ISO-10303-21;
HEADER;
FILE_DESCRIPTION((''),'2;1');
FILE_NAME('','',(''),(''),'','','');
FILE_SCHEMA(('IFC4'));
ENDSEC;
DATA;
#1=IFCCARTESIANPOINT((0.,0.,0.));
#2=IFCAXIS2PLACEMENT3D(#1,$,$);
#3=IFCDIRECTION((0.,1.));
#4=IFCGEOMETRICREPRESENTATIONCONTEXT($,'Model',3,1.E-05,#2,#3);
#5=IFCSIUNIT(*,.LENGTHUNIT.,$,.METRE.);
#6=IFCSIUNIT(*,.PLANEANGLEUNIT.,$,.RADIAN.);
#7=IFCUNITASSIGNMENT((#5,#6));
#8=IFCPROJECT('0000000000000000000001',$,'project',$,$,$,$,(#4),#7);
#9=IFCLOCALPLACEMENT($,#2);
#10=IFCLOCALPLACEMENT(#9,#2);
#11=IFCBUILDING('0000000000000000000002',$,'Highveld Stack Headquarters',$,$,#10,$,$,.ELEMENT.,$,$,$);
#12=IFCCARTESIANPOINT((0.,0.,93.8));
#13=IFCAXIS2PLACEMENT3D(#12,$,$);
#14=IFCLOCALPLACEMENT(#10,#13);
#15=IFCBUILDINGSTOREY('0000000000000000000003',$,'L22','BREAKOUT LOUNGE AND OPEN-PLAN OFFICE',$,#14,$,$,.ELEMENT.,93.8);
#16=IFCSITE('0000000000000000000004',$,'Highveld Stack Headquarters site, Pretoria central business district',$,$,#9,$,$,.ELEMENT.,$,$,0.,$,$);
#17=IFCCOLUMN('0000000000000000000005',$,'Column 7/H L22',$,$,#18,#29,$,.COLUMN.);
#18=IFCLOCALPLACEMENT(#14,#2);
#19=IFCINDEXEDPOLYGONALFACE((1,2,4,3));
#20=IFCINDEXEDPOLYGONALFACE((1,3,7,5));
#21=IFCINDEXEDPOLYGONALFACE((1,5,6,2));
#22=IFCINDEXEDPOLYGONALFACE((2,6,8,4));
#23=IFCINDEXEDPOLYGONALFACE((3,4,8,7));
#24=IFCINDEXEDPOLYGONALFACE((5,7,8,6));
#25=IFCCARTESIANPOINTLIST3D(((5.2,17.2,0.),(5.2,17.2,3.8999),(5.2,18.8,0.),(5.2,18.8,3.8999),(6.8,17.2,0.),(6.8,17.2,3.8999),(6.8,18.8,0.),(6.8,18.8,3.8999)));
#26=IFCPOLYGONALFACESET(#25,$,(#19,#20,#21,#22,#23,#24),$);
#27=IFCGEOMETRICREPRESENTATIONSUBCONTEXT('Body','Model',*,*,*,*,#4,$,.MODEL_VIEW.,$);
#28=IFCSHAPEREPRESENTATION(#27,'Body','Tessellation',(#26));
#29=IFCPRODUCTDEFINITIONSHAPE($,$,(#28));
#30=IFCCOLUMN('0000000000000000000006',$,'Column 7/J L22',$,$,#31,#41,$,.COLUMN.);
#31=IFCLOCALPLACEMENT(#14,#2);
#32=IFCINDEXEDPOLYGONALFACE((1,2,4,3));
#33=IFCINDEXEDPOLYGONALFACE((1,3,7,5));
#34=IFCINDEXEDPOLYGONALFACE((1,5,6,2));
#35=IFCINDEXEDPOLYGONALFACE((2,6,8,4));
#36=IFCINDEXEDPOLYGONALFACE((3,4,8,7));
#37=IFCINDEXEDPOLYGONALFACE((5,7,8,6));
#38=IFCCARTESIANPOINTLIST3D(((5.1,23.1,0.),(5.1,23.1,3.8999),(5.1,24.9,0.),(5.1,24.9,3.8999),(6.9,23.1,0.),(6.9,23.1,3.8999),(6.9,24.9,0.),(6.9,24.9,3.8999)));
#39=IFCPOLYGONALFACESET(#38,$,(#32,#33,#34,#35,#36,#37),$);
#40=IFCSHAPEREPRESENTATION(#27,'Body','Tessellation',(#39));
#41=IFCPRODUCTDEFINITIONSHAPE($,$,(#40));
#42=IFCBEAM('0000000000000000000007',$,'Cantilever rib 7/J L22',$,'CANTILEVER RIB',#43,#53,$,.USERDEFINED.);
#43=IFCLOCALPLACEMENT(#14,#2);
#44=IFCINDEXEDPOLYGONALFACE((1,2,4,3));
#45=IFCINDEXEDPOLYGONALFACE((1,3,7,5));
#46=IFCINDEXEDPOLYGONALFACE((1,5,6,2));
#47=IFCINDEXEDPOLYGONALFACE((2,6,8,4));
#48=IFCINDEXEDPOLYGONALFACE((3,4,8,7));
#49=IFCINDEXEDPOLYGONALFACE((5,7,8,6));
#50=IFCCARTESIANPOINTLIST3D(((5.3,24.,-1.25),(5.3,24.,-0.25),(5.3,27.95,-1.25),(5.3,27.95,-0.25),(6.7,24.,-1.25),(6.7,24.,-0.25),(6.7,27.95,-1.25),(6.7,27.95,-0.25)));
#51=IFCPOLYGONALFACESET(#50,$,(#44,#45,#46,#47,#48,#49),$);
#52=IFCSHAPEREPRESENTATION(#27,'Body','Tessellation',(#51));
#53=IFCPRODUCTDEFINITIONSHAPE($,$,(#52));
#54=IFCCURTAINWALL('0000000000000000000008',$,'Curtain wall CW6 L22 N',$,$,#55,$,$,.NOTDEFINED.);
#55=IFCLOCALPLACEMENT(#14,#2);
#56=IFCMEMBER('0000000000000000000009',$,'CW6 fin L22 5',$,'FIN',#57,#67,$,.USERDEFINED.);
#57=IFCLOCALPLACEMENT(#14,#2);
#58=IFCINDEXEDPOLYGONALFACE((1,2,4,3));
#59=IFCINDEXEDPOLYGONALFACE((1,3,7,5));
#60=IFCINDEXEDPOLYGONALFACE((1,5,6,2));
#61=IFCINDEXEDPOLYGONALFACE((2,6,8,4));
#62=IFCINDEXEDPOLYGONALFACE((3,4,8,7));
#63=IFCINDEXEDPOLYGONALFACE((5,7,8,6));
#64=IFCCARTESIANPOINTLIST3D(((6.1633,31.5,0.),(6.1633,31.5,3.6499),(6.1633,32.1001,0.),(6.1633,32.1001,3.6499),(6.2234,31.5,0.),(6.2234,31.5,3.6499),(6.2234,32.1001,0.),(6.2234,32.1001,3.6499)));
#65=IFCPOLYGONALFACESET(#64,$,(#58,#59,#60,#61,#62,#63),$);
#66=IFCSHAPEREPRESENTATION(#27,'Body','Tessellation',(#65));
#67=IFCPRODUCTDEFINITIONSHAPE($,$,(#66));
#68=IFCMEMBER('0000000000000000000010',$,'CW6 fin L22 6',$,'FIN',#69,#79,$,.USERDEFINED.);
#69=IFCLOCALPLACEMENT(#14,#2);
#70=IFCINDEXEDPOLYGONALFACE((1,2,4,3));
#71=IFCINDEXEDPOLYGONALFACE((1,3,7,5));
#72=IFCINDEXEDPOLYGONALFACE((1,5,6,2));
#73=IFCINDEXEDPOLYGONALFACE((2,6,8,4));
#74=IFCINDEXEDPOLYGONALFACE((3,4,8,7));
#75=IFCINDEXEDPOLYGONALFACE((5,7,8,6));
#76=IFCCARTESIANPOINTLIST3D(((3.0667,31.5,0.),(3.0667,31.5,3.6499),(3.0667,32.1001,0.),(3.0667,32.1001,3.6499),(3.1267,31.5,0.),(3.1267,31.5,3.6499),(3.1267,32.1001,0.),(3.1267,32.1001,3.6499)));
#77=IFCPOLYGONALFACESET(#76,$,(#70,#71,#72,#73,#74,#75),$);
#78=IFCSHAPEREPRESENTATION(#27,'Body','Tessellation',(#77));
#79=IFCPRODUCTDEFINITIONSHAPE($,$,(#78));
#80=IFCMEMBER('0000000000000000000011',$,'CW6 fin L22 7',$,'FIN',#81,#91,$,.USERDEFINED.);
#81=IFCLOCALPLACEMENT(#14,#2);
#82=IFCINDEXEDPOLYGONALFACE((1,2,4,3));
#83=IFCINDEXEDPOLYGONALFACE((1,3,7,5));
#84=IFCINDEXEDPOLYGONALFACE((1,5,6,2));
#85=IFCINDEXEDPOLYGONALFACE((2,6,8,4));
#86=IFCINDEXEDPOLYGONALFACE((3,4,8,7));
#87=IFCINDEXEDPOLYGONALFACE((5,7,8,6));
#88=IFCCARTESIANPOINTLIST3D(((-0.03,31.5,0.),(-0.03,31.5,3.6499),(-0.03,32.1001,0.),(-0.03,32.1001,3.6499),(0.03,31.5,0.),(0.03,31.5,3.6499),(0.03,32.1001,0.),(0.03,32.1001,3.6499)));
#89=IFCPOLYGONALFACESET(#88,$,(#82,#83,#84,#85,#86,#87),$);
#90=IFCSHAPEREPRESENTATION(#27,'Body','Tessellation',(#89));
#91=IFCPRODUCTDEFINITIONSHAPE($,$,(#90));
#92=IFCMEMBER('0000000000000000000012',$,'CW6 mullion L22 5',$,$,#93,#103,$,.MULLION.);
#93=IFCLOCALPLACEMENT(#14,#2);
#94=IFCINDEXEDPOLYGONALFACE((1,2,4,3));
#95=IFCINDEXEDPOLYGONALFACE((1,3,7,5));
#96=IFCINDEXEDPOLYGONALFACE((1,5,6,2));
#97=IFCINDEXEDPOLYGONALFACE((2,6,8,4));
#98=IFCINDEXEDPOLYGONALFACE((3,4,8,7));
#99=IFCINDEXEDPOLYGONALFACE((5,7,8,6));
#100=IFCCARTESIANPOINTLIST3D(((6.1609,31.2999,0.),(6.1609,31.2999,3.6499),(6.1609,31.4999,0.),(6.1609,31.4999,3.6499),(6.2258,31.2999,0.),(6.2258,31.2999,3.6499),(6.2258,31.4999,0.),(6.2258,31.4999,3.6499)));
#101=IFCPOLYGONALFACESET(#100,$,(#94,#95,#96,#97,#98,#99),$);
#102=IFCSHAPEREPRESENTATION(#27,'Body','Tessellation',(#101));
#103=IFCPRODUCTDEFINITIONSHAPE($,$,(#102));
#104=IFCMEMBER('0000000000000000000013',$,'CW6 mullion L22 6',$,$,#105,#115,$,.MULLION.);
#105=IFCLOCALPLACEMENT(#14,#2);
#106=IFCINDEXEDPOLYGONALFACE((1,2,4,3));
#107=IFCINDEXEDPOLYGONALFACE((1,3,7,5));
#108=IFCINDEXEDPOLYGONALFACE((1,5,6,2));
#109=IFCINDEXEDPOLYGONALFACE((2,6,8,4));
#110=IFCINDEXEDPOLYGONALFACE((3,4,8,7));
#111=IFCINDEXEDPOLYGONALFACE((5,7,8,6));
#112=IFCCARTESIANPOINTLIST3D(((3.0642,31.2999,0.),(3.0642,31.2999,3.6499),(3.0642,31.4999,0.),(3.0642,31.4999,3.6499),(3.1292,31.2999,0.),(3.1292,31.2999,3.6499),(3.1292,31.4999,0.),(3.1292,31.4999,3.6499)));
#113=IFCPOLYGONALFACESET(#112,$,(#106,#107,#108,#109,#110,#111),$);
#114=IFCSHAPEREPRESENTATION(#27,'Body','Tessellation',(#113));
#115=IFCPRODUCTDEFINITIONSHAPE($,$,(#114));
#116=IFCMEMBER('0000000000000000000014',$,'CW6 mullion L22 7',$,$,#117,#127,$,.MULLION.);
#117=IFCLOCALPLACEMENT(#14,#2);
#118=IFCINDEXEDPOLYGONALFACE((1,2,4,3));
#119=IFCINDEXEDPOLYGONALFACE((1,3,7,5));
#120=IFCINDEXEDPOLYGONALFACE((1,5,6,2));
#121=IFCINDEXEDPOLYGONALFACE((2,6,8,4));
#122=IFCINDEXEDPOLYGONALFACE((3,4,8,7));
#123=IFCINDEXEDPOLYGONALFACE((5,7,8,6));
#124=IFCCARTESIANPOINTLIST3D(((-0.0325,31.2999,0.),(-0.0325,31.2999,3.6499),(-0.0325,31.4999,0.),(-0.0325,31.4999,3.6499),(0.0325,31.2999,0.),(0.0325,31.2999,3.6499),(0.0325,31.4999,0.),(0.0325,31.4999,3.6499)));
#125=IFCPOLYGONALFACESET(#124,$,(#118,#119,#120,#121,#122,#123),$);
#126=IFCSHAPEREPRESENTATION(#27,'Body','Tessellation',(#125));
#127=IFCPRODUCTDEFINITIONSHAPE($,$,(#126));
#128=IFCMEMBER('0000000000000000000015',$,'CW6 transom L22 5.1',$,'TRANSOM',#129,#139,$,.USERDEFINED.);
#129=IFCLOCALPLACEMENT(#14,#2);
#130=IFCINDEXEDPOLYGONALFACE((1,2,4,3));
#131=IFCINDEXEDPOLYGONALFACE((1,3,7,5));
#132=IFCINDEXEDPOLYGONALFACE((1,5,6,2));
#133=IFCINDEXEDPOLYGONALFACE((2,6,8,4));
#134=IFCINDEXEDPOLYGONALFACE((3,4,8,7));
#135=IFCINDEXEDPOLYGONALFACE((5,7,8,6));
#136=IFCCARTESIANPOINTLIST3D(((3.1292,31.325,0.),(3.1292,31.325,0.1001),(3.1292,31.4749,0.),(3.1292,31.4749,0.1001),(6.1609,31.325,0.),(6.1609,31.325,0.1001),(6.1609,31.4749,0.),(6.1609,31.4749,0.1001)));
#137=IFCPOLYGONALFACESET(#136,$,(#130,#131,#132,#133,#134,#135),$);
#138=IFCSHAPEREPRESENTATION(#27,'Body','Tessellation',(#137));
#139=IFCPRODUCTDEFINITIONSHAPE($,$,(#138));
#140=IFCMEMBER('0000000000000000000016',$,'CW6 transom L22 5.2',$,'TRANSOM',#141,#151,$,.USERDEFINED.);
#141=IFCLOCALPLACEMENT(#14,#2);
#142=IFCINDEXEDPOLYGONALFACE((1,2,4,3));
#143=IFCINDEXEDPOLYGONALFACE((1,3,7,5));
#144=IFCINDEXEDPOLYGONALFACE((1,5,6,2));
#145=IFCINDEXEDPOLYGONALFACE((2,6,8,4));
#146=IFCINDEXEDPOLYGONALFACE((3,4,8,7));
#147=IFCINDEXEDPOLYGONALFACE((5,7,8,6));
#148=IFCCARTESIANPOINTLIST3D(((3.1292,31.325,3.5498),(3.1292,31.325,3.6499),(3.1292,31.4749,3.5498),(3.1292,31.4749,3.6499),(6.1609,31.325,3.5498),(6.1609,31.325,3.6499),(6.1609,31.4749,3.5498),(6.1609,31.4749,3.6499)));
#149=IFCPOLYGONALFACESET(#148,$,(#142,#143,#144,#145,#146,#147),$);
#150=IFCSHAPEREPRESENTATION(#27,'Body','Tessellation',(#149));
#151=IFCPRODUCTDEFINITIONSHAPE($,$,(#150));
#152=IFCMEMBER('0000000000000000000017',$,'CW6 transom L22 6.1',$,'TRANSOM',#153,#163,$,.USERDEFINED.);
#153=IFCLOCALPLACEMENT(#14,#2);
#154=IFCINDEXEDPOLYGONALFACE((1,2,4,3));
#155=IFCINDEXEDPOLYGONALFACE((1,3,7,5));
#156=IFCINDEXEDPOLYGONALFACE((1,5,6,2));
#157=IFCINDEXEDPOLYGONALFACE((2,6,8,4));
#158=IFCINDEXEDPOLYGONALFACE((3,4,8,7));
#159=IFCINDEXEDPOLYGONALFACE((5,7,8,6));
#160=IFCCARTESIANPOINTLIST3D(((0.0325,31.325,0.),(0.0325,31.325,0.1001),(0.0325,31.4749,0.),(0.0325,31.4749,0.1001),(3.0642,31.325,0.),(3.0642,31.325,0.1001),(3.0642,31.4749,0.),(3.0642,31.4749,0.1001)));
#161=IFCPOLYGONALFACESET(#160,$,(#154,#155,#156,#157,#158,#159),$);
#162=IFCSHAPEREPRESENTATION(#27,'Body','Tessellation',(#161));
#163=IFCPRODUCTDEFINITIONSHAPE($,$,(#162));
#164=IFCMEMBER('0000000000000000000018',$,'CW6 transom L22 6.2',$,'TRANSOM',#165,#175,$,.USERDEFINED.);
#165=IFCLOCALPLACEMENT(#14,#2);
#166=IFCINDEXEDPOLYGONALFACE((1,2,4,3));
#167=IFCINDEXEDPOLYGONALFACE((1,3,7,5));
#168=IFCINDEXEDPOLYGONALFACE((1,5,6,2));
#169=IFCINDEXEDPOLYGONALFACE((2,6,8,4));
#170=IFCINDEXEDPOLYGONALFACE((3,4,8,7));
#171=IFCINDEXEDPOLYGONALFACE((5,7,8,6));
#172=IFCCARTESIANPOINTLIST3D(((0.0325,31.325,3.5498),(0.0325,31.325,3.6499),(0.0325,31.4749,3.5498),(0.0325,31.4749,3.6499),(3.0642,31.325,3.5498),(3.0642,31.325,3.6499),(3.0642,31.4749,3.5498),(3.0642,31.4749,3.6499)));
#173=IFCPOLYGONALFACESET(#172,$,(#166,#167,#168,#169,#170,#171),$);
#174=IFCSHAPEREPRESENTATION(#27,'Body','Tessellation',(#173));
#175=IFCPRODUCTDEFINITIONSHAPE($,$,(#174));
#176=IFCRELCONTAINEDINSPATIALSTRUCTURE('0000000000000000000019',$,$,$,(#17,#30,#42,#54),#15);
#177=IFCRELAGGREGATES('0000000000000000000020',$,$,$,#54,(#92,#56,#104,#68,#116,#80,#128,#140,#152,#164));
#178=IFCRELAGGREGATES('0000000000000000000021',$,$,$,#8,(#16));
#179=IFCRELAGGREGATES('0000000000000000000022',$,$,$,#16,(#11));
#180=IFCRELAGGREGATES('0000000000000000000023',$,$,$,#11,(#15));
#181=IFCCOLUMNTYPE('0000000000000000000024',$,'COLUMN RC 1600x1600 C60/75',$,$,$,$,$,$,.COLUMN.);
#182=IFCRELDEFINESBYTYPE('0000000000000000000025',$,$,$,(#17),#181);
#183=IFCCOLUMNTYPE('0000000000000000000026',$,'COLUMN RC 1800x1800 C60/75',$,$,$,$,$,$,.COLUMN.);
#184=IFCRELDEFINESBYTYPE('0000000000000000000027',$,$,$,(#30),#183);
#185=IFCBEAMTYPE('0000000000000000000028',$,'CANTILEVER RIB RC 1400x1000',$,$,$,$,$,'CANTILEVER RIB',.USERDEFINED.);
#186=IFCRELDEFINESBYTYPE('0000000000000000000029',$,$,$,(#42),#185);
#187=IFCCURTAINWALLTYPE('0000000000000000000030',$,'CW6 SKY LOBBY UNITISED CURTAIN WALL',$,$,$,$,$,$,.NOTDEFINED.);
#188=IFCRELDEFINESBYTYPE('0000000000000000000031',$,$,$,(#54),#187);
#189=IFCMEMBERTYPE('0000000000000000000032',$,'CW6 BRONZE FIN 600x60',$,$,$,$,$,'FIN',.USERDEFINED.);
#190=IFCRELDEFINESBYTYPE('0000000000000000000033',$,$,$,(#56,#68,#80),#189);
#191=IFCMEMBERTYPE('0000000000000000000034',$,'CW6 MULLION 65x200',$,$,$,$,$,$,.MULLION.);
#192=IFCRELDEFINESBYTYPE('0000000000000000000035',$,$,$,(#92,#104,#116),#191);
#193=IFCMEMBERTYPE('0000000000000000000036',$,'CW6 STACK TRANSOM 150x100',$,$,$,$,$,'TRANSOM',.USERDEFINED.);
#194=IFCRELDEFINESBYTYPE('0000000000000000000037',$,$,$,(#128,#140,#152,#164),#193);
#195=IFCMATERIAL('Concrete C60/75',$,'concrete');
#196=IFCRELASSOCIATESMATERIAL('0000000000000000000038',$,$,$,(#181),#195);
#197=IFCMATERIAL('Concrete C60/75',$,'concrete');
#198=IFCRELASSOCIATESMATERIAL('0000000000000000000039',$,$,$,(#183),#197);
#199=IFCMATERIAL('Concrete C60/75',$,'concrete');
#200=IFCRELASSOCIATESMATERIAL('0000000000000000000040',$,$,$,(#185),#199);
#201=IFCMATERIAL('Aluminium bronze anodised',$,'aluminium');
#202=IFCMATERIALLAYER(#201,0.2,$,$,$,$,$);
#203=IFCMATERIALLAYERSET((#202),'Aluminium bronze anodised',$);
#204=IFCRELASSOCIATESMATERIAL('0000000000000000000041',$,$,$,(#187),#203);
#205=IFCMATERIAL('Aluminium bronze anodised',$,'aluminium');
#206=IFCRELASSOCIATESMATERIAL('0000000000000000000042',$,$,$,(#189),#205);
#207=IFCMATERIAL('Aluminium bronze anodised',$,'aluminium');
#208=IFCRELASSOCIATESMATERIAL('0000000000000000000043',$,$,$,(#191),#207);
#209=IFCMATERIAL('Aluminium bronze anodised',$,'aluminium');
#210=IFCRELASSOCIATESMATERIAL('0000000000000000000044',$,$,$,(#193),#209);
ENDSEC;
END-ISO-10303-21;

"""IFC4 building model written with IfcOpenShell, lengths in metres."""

from ifc_helpers import new_model, si_unit, direction, frame, origin, origin_2d, place, context, subcontext, project, spatial, rectangle, extrude, material, layer, layer_set, material_profile, profile_set, type_object, element, aggregate, save


model = new_model("IFC4")

# Units and contexts
model_context = context("Model", 3, precision=1e-05, world=origin(), true_north=direction((0.0, 1.0)))
body_context = subcontext(model_context, "Body", "Model", "MODEL_VIEW")
ifc_project = project(units=[si_unit("LENGTHUNIT", "METRE"), si_unit("PLANEANGLEUNIT", "RADIAN")], contexts=[model_context])

# Site, building, storey
site_placement = place(None, origin())
site = spatial("IfcSite", under=ifc_project, at=site_placement, Name="Highveld Stack Headquarters site, Pretoria central business district", CompositionType="ELEMENT", RefElevation=0.0)
building_placement = place(site_placement, origin())
building = spatial("IfcBuilding", under=site, at=building_placement, Name="Highveld Stack Headquarters", CompositionType="ELEMENT")
storey_placement = place(building_placement, frame((0.0, 0.0, 93.8)))
storey = spatial("IfcBuildingStorey", under=building, at=storey_placement, Name="L22", Description="BREAKOUT LOUNGE AND OPEN-PLAN OFFICE", CompositionType="ELEMENT", Elevation=93.8)

# Columns
ifc_material_1 = material(Name="Concrete C60/75", Category="concrete")
ifc_material_profile_1 = material_profile(ifc_material_1, rectangle(XDim=1.6001, YDim=1.6001, at=origin_2d()), Name="RC 1600x1600")
ifc_profile_set_1 = profile_set([ifc_material_profile_1], Name="Concrete C60/75")
column_type_1 = type_object("IfcColumnType", Name="COLUMN RC 1600x1600 C60/75", PredefinedType="COLUMN", material=ifc_profile_set_1)
column_1_placement = place(storey_placement, frame((6.0, 18.0, 0.0), z_axis=(0.0, 0.0, 1.0), x_axis=(1.0, 0.0, 0.0)))
element("IfcColumn", 1, at=column_1_placement, inside=storey, type_object=column_type_1, Name="Column 7/H L22", PredefinedType="COLUMN", context=body_context, shape_type="SweptSolid", body=[
    extrude(rectangle(XDim=1.6001, YDim=1.6001, at=origin_2d()), origin(), (0.0, 0.0, 1.0), 3.8999),
])
ifc_material_2 = material(Name="Concrete C60/75", Category="concrete")
ifc_material_profile_2 = material_profile(ifc_material_2, rectangle(XDim=1.8, YDim=1.8, at=origin_2d()), Name="RC 1800x1800")
ifc_profile_set_2 = profile_set([ifc_material_profile_2], Name="Concrete C60/75")
column_type_2 = type_object("IfcColumnType", Name="COLUMN RC 1800x1800 C60/75", PredefinedType="COLUMN", material=ifc_profile_set_2)
column_2_placement = place(storey_placement, frame((6.0, 24.0, 0.0), z_axis=(0.0, 0.0, 1.0), x_axis=(1.0, 0.0, 0.0)))
element("IfcColumn", 2, at=column_2_placement, inside=storey, type_object=column_type_2, Name="Column 7/J L22", PredefinedType="COLUMN", context=body_context, shape_type="SweptSolid", body=[
    extrude(rectangle(XDim=1.8, YDim=1.8, at=origin_2d()), origin(), (0.0, 0.0, 1.0), 3.8999),
])

# Beam
ifc_material_3 = material(Name="Concrete C60/75", Category="concrete")
ifc_material_profile_3 = material_profile(ifc_material_3, rectangle(XDim=1.3999, YDim=1.0, at=origin_2d()), Name="RC 1400x1000")
ifc_profile_set_3 = profile_set([ifc_material_profile_3], Name="Concrete C60/75")
beam_type_1 = type_object("IfcBeamType", Name="CANTILEVER RIB RC 1400x1000", ElementType="CANTILEVER RIB", PredefinedType="USERDEFINED", material=ifc_profile_set_3)
beam_placement = place(storey_placement, frame((6.0, 24.0, -0.75), z_axis=(0.0, 1.0, 0.0), x_axis=(-1.0, 0.0, 0.0)))
element("IfcBeam", 3, at=beam_placement, inside=storey, type_object=beam_type_1, Name="Cantilever rib 7/J L22", ObjectType="CANTILEVER RIB", PredefinedType="USERDEFINED", context=body_context, shape_type="SweptSolid", body=[
    extrude(rectangle(XDim=1.3999, YDim=1.0, at=origin_2d()), origin(), (0.0, 0.0, 1.0), 3.95),
])

# Curtain wall, members
ifc_material_4 = material(Name="Aluminium bronze anodised", Category="aluminium")
ifc_layer_1 = layer(ifc_material_4, 0.2)
ifc_layer_set_1 = layer_set([ifc_layer_1], Name="Aluminium bronze anodised")
curtain_wall_type = type_object("IfcCurtainWallType", Name="CW6 SKY LOBBY UNITISED CURTAIN WALL", PredefinedType="NOTDEFINED", material=ifc_layer_set_1)
curtain_wall_placement = place(storey_placement, origin())
curtain_wall = element("IfcCurtainWall", 4, at=curtain_wall_placement, inside=storey, type_object=curtain_wall_type, Name="Curtain wall CW6 L22 N", PredefinedType="NOTDEFINED")
ifc_material_5 = material(Name="Aluminium bronze anodised", Category="aluminium")
ifc_material_profile_4 = material_profile(ifc_material_5, rectangle(XDim=0.6001, YDim=0.0601, at=origin_2d()), Name="FIN 600x60")
ifc_profile_set_4 = profile_set([ifc_material_profile_4], Name="Aluminium bronze anodised")
member_type_1 = type_object("IfcMemberType", Name="CW6 BRONZE FIN 600x60", ElementType="FIN", PredefinedType="USERDEFINED", material=ifc_profile_set_4)
member_1_placement = place(storey_placement, frame((6.1934, 31.8, 0.0), z_axis=(0.0, 0.0, 1.0), x_axis=(0.0, -1.0, 0.0)))
member_1 = element("IfcMember", 5, at=member_1_placement, type_object=member_type_1, Name="CW6 fin L22 5", ObjectType="FIN", PredefinedType="USERDEFINED", context=body_context, shape_type="SweptSolid", body=[
    extrude(rectangle(XDim=0.6001, YDim=0.0601, at=origin_2d()), origin(), (0.0, 0.0, 1.0), 3.6499),
])
member_2_placement = place(storey_placement, frame((3.0967, 31.8, 0.0), z_axis=(0.0, 0.0, 1.0), x_axis=(0.0, -1.0, 0.0)))
member_2 = element("IfcMember", 6, at=member_2_placement, type_object=member_type_1, Name="CW6 fin L22 6", ObjectType="FIN", PredefinedType="USERDEFINED", context=body_context, shape_type="SweptSolid", body=[
    extrude(rectangle(XDim=0.6001, YDim=0.0601, at=origin_2d()), origin(), (0.0, 0.0, 1.0), 3.6499),
])
member_3_placement = place(storey_placement, frame((0.0, 31.8, 0.0), z_axis=(0.0, 0.0, 1.0), x_axis=(0.0, -1.0, 0.0)))
member_3 = element("IfcMember", 7, at=member_3_placement, type_object=member_type_1, Name="CW6 fin L22 7", ObjectType="FIN", PredefinedType="USERDEFINED", context=body_context, shape_type="SweptSolid", body=[
    extrude(rectangle(XDim=0.6001, YDim=0.0601, at=origin_2d()), origin(), (0.0, 0.0, 1.0), 3.6499),
])
ifc_material_6 = material(Name="Aluminium bronze anodised", Category="aluminium")
ifc_material_profile_5 = material_profile(ifc_material_6, rectangle(XDim=0.2, YDim=0.0649, at=origin_2d()), Name="CW6 MULLION 65x200")
ifc_profile_set_5 = profile_set([ifc_material_profile_5], Name="Aluminium bronze anodised")
member_type_2 = type_object("IfcMemberType", Name="CW6 MULLION 65x200", PredefinedType="MULLION", material=ifc_profile_set_5)
member_4_placement = place(storey_placement, frame((6.1934, 31.3999, 0.0), z_axis=(0.0, 0.0, 1.0), x_axis=(0.0, -1.0, 0.0)))
member_4 = element("IfcMember", 8, at=member_4_placement, type_object=member_type_2, Name="CW6 mullion L22 5", PredefinedType="MULLION", context=body_context, shape_type="SweptSolid", body=[
    extrude(rectangle(XDim=0.2, YDim=0.0649, at=origin_2d()), origin(), (0.0, 0.0, 1.0), 3.6499),
])
member_5_placement = place(storey_placement, frame((3.0967, 31.3999, 0.0), z_axis=(0.0, 0.0, 1.0), x_axis=(0.0, -1.0, 0.0)))
member_5 = element("IfcMember", 9, at=member_5_placement, type_object=member_type_2, Name="CW6 mullion L22 6", PredefinedType="MULLION", context=body_context, shape_type="SweptSolid", body=[
    extrude(rectangle(XDim=0.2, YDim=0.0649, at=origin_2d()), origin(), (0.0, 0.0, 1.0), 3.6499),
])
member_6_placement = place(storey_placement, frame((0.0, 31.3999, 0.0), z_axis=(0.0, 0.0, 1.0), x_axis=(0.0, -1.0, 0.0)))
member_6 = element("IfcMember", 10, at=member_6_placement, type_object=member_type_2, Name="CW6 mullion L22 7", PredefinedType="MULLION", context=body_context, shape_type="SweptSolid", body=[
    extrude(rectangle(XDim=0.2, YDim=0.0649, at=origin_2d()), origin(), (0.0, 0.0, 1.0), 3.6499),
])
ifc_material_7 = material(Name="Aluminium bronze anodised", Category="aluminium")
ifc_material_profile_6 = material_profile(ifc_material_7, rectangle(XDim=0.1499, YDim=0.1001, at=origin_2d()), Name="CW6 TRANSOM 150x100")
ifc_profile_set_6 = profile_set([ifc_material_profile_6], Name="Aluminium bronze anodised")
member_type_3 = type_object("IfcMemberType", Name="CW6 STACK TRANSOM 150x100", ElementType="TRANSOM", PredefinedType="USERDEFINED", material=ifc_profile_set_6)
member_7_placement = place(storey_placement, frame((6.1609, 31.3999, 0.05), z_axis=(-1.0, 0.0, 0.0), x_axis=(0.0, -1.0, 0.0)))
member_7 = element("IfcMember", 11, at=member_7_placement, type_object=member_type_3, Name="CW6 transom L22 5.1", ObjectType="TRANSOM", PredefinedType="USERDEFINED", context=body_context, shape_type="SweptSolid", body=[
    extrude(rectangle(XDim=0.1499, YDim=0.1001, at=origin_2d()), origin(), (0.0, 0.0, 1.0), 3.0317),
])
member_8_placement = place(storey_placement, frame((6.1609, 31.3999, 3.5999), z_axis=(-1.0, 0.0, 0.0), x_axis=(0.0, -1.0, 0.0)))
member_8 = element("IfcMember", 12, at=member_8_placement, type_object=member_type_3, Name="CW6 transom L22 5.2", ObjectType="TRANSOM", PredefinedType="USERDEFINED", context=body_context, shape_type="SweptSolid", body=[
    extrude(rectangle(XDim=0.1499, YDim=0.1001, at=origin_2d()), origin(), (0.0, 0.0, 1.0), 3.0317),
])
member_9_placement = place(storey_placement, frame((3.0642, 31.3999, 0.05), z_axis=(-1.0, 0.0, 0.0), x_axis=(0.0, -1.0, 0.0)))
member_9 = element("IfcMember", 13, at=member_9_placement, type_object=member_type_3, Name="CW6 transom L22 6.1", ObjectType="TRANSOM", PredefinedType="USERDEFINED", context=body_context, shape_type="SweptSolid", body=[
    extrude(rectangle(XDim=0.1499, YDim=0.1001, at=origin_2d()), origin(), (0.0, 0.0, 1.0), 3.0317),
])
member_10_placement = place(storey_placement, frame((3.0642, 31.3999, 3.5999), z_axis=(-1.0, 0.0, 0.0), x_axis=(0.0, -1.0, 0.0)))
member_10 = element("IfcMember", 14, at=member_10_placement, type_object=member_type_3, Name="CW6 transom L22 6.2", ObjectType="TRANSOM", PredefinedType="USERDEFINED", context=body_context, shape_type="SweptSolid", body=[
    extrude(rectangle(XDim=0.1499, YDim=0.1001, at=origin_2d()), origin(), (0.0, 0.0, 1.0), 3.0317),
])

aggregate(curtain_wall, [member_4, member_1, member_5, member_2, member_6, member_3, member_7, member_8, member_9, member_10])

save(model, "model.ifc")
